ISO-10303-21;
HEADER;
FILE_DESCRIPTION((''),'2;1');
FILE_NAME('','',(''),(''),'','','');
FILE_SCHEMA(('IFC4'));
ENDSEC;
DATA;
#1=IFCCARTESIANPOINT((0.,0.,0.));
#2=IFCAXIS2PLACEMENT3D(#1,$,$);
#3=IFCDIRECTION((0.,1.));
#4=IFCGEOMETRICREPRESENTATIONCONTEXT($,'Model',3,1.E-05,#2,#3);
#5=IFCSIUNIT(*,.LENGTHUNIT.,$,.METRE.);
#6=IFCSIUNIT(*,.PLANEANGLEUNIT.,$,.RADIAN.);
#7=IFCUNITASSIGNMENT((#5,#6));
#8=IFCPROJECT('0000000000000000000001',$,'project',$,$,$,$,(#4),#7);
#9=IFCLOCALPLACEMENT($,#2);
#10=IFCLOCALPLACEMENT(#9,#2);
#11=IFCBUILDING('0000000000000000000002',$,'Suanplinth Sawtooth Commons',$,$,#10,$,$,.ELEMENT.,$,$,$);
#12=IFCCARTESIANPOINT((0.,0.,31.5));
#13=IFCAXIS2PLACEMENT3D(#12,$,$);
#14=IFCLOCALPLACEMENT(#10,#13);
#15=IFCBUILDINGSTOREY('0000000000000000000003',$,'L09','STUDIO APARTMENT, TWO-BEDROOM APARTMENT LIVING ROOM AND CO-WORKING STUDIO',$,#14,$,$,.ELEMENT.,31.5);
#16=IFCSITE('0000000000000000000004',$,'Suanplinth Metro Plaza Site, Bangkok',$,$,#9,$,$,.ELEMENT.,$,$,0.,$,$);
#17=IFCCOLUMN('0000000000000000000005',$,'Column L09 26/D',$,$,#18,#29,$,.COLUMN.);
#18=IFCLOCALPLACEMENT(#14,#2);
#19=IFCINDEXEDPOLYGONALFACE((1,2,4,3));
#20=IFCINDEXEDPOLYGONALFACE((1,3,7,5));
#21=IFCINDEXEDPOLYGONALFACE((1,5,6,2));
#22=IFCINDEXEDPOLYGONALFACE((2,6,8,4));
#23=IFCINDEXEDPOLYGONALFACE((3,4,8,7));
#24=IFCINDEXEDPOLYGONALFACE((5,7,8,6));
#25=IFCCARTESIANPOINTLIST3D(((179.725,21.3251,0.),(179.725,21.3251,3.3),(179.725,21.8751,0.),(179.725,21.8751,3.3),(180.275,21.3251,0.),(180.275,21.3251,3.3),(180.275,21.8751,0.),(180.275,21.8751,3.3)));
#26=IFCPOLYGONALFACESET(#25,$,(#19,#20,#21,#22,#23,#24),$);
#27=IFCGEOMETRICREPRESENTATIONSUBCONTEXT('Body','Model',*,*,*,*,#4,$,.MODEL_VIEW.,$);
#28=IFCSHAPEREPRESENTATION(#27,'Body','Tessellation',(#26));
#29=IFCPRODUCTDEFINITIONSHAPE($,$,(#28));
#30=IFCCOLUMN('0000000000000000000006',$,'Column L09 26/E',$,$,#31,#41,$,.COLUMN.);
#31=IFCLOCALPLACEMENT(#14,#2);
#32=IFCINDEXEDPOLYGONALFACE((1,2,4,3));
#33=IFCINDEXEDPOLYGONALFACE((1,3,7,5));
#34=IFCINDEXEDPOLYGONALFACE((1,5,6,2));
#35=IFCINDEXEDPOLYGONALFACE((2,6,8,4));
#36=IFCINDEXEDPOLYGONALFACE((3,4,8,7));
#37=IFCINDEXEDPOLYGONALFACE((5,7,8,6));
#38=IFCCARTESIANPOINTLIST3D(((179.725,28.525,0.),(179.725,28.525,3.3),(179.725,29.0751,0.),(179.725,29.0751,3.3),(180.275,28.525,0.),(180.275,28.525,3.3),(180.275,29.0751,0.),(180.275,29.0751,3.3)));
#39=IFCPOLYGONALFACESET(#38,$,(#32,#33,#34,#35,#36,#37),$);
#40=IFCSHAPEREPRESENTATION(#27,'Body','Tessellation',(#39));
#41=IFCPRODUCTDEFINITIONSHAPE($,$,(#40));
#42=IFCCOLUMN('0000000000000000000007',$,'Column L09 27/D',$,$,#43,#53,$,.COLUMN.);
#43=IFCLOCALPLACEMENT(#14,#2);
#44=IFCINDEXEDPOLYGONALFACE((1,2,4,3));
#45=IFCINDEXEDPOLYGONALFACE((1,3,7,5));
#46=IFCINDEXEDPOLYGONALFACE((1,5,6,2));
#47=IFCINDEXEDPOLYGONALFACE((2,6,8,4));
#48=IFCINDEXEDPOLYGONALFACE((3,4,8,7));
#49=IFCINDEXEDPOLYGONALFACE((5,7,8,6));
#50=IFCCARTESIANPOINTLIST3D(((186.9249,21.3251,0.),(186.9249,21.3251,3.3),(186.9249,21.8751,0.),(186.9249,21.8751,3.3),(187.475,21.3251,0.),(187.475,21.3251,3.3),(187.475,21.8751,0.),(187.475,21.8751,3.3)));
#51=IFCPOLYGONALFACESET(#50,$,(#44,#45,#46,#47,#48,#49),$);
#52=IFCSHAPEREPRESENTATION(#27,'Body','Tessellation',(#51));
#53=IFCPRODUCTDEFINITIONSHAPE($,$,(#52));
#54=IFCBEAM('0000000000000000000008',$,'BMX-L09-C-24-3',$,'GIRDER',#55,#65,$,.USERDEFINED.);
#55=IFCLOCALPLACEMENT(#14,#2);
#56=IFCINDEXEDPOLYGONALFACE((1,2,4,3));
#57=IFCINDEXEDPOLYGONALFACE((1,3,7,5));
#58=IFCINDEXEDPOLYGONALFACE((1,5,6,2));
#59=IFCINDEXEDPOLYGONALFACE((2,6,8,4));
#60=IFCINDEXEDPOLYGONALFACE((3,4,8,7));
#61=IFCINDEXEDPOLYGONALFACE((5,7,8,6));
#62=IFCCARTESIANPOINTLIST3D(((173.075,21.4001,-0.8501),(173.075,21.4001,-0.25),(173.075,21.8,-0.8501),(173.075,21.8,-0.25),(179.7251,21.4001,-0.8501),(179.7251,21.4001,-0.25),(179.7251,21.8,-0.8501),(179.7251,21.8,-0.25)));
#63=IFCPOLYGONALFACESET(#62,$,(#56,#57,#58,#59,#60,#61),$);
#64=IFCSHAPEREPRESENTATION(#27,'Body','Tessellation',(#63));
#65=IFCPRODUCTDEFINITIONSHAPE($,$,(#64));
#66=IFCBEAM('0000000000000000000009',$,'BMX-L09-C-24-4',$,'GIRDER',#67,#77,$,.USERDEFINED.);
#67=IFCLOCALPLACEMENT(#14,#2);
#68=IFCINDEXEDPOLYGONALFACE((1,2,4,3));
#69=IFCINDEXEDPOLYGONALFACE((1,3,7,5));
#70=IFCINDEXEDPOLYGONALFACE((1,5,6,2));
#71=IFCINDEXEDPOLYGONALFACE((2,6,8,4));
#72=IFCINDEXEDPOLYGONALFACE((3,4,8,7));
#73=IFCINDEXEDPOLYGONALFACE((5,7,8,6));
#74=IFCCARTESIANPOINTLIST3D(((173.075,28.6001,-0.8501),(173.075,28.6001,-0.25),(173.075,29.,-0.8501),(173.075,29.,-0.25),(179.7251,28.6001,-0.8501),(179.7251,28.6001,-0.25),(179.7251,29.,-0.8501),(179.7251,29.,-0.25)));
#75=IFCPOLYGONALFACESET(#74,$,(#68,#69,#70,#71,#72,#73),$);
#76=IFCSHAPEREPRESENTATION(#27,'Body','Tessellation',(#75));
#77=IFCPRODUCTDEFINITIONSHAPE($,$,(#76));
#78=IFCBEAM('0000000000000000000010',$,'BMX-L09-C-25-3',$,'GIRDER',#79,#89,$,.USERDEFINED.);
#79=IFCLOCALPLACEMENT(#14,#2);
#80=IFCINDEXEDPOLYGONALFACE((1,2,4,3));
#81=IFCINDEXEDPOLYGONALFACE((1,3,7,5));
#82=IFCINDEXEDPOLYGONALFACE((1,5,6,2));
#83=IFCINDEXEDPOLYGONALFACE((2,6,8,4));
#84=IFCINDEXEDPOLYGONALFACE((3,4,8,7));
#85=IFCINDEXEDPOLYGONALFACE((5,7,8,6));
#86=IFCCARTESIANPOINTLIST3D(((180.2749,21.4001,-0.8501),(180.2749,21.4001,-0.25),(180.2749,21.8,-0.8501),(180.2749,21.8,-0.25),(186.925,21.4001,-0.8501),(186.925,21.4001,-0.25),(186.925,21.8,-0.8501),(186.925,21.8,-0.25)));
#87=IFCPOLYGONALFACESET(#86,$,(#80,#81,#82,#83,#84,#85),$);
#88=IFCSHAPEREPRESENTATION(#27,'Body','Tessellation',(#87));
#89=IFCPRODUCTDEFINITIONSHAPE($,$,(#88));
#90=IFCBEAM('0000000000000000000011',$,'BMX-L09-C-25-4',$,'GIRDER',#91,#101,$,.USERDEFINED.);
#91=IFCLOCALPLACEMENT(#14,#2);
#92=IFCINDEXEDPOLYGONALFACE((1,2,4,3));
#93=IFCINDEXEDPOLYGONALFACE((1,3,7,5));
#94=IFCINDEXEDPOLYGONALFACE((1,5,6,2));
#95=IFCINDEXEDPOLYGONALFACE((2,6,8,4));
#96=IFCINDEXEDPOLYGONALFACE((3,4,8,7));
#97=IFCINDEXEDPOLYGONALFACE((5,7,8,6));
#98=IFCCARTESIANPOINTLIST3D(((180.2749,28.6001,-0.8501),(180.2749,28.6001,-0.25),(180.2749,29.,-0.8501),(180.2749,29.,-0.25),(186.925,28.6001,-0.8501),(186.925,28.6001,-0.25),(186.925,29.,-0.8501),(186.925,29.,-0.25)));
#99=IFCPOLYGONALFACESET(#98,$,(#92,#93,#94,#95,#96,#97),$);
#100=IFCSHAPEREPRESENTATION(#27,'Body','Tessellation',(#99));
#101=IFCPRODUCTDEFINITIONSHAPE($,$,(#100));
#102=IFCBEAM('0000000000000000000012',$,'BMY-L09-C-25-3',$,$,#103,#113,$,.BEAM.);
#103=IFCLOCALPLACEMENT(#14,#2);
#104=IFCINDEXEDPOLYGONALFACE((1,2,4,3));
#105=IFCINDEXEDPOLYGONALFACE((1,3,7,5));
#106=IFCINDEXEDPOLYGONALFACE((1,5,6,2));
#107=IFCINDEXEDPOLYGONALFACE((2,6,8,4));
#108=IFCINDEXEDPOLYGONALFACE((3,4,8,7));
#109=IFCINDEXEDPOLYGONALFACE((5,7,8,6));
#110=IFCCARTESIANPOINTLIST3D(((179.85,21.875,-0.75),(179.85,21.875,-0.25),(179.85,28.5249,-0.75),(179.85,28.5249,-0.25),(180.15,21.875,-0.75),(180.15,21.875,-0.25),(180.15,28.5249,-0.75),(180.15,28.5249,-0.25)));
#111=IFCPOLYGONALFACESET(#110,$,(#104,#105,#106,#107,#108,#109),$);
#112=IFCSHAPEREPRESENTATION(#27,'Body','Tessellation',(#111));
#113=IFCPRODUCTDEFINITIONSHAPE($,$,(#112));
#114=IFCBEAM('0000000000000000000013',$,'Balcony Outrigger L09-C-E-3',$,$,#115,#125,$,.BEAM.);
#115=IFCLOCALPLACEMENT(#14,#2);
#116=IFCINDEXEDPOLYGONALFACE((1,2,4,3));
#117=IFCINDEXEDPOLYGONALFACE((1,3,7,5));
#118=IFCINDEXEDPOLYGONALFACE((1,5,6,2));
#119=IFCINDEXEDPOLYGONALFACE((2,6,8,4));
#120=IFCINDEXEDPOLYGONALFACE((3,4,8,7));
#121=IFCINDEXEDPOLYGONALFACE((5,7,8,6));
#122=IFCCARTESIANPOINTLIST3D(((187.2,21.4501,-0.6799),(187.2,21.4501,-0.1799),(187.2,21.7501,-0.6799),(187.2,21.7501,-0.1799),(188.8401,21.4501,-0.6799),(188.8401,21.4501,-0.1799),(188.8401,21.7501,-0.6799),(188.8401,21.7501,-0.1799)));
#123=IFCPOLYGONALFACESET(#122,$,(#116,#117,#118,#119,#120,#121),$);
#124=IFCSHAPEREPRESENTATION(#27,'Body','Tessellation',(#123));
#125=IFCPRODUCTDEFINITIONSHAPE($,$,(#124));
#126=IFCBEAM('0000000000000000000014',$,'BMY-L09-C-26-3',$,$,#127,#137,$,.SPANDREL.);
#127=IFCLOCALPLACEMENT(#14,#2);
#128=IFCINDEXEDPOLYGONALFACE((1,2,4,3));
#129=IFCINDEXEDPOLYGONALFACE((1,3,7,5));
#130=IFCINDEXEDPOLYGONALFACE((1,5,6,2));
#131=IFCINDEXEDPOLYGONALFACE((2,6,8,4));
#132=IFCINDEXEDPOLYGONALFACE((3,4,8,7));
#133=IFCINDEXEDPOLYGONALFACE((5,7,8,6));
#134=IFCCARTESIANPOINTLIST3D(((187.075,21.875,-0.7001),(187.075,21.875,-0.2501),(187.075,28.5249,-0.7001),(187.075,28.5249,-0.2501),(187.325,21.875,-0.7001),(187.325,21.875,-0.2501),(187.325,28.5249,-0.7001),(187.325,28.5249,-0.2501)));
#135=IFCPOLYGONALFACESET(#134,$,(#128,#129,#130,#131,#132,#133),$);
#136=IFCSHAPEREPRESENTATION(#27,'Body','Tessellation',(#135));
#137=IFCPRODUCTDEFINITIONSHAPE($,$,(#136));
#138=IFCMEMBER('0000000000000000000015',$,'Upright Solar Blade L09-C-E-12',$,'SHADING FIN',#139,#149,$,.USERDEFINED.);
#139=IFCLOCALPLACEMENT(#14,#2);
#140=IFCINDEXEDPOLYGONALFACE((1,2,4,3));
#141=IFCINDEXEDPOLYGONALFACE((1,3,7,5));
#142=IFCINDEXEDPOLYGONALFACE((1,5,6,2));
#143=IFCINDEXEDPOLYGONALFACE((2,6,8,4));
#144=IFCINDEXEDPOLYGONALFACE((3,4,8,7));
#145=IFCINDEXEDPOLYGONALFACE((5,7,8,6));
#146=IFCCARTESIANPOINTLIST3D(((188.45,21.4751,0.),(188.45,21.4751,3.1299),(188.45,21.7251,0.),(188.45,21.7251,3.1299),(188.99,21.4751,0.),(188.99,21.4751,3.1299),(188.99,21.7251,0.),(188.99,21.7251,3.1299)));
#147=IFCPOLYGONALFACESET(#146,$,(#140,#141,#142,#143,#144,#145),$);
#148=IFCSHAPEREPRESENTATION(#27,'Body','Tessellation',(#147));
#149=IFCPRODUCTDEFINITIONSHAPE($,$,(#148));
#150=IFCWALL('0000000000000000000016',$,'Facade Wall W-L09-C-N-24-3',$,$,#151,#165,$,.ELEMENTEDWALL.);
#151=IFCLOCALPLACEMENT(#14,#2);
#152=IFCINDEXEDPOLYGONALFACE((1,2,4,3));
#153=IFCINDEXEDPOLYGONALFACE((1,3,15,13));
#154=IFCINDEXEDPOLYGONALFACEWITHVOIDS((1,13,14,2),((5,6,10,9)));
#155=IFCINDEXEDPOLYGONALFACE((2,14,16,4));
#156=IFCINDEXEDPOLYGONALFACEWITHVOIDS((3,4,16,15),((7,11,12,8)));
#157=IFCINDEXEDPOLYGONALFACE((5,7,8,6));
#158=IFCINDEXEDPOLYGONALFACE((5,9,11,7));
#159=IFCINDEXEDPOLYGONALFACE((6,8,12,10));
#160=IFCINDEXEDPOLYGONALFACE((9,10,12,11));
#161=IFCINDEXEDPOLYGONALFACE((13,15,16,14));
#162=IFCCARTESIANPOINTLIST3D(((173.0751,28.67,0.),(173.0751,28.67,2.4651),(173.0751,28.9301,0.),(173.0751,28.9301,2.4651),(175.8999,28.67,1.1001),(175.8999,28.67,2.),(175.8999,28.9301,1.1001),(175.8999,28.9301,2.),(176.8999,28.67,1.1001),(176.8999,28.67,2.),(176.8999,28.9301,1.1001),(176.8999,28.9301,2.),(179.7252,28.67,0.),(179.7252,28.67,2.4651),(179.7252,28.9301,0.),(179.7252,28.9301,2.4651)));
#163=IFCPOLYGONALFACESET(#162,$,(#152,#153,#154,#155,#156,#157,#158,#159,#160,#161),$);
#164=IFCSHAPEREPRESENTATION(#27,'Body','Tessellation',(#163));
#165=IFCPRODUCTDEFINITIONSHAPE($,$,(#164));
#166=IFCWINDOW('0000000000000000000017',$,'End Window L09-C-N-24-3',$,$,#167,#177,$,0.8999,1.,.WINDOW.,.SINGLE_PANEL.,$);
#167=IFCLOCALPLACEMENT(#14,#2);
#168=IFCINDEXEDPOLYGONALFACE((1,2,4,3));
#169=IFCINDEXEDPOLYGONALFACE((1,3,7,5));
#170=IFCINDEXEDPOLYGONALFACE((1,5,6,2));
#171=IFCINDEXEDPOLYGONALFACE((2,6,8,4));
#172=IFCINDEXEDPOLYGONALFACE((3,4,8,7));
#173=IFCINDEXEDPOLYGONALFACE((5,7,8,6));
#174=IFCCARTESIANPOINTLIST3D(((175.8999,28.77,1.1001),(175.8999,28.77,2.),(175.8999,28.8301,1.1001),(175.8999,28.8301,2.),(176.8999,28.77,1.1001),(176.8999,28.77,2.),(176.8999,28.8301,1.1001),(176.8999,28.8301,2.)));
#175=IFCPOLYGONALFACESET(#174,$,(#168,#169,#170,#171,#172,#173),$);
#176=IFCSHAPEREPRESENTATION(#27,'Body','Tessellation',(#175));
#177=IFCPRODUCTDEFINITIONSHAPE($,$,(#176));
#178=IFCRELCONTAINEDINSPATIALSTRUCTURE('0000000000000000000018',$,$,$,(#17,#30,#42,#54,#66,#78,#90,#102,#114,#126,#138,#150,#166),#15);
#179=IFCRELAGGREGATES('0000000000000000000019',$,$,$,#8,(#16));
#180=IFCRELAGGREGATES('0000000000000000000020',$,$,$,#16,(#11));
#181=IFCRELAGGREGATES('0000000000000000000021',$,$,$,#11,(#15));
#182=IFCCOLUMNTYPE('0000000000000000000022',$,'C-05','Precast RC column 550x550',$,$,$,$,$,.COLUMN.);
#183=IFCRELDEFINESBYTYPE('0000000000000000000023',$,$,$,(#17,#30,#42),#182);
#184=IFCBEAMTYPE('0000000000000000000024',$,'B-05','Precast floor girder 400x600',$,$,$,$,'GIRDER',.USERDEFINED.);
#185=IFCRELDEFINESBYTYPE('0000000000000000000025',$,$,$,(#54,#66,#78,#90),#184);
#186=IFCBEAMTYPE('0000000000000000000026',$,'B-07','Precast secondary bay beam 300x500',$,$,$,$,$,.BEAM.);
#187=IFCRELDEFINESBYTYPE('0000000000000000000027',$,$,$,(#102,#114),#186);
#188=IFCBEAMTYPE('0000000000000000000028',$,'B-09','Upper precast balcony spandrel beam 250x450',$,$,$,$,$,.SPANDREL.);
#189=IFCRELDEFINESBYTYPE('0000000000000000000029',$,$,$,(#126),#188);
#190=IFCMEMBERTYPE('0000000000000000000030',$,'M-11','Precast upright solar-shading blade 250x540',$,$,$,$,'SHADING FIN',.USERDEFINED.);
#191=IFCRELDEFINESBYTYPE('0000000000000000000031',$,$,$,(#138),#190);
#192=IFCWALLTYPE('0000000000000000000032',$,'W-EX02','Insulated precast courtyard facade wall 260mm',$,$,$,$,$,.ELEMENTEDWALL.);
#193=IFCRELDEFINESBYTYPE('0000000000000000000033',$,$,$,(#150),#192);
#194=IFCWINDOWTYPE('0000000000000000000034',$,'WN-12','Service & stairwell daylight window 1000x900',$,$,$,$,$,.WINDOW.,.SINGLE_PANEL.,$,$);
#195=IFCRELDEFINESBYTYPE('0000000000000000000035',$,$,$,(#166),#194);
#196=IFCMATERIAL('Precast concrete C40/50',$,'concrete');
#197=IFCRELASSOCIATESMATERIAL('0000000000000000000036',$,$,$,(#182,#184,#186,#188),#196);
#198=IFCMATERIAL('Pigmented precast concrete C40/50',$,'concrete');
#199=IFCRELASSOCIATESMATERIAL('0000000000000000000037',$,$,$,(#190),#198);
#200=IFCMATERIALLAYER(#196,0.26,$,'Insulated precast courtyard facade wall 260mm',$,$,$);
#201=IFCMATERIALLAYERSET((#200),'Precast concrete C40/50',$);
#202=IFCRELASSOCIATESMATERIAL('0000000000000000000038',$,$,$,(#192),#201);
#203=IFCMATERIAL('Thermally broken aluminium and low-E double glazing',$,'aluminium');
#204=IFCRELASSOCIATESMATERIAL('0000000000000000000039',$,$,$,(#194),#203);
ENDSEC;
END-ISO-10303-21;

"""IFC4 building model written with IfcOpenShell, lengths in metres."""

from ifc_helpers import new_model, si_unit, direction, frame, frame_2d, origin, origin_2d, place, context, subcontext, project, spatial, rectangle, extrude, material, layer, layer_set, material_profile, profile_set, type_object, element, fill, save


model = new_model("IFC4")

# Units and contexts
model_context = context("Model", 3, precision=1e-05, world=origin(), true_north=direction((0.0, 1.0)))
body_context = subcontext(model_context, "Body", "Model", "MODEL_VIEW")
ifc_project = project(units=[si_unit("LENGTHUNIT", "METRE"), si_unit("PLANEANGLEUNIT", "RADIAN")], contexts=[model_context])

# Site, building, storey
site_placement = place(None, origin())
site = spatial("IfcSite", under=ifc_project, at=site_placement, Name="Suanplinth Metro Plaza Site, Bangkok", CompositionType="ELEMENT", RefElevation=0.0)
building_placement = place(site_placement, origin())
building = spatial("IfcBuilding", under=site, at=building_placement, Name="Suanplinth Sawtooth Commons", CompositionType="ELEMENT")
storey_placement = place(building_placement, frame((0.0, 0.0, 31.5)))
storey = spatial("IfcBuildingStorey", under=building, at=storey_placement, Name="L09", Description="STUDIO APARTMENT, TWO-BEDROOM APARTMENT LIVING ROOM AND CO-WORKING STUDIO", CompositionType="ELEMENT", Elevation=31.5)

# Columns
ifc_material_1 = material(Name="Precast concrete C40/50", Category="concrete")
ifc_material_profile_1 = material_profile(ifc_material_1, rectangle(XDim=0.55, YDim=0.55, at=origin_2d()), Name="PC-COL 550x550")
ifc_profile_set_1 = profile_set([ifc_material_profile_1], Name="Precast concrete C40/50")
column_type = type_object("IfcColumnType", Name="C-05", Description="Precast RC column 550x550", PredefinedType="COLUMN", material=ifc_profile_set_1)
for number, where, z_axis, x_axis, name in (
    (1, (180.0, 21.6001, 0.0), (0.0, 0.0, 1.0), (1.0, 0.0, 0.0), "Column L09 26/D"),
    (2, (180.0, 28.8, 0.0), (0.0, 0.0, 1.0), (1.0, 0.0, 0.0), "Column L09 26/E"),
    (3, (187.2, 21.6001, 0.0), (0.0, 0.0, 1.0), (1.0, 0.0, 0.0), "Column L09 27/D"),
):
    element("IfcColumn", number, at=place(storey_placement, frame(where, z_axis=z_axis, x_axis=x_axis)), inside=storey, type_object=column_type, Name=name, PredefinedType="COLUMN", context=body_context, shape_type="SweptSolid", body=[
        extrude(rectangle(XDim=0.55, YDim=0.55, at=origin_2d()), origin(), (0.0, 0.0, 1.0), 3.3),
    ])

# Beams
ifc_material_profile_2 = material_profile(ifc_material_1, rectangle(XDim=0.3999, YDim=0.6001, at=origin_2d()), Name="PC-GDR 400x600")
ifc_profile_set_2 = profile_set([ifc_material_profile_2], Name="Precast concrete C40/50")
beam_type_1 = type_object("IfcBeamType", Name="B-05", Description="Precast floor girder 400x600", ElementType="GIRDER", PredefinedType="USERDEFINED", material=ifc_profile_set_2)
for number, where, z_axis, x_axis, name in (
    (4, (173.075, 21.6001, -0.55), (1.0, 0.0, 0.0), (0.0, 1.0, 0.0), "BMX-L09-C-24-3"),
    (5, (173.075, 28.8, -0.55), (1.0, 0.0, 0.0), (0.0, 1.0, 0.0), "BMX-L09-C-24-4"),
    (6, (180.2749, 21.6001, -0.55), (1.0, 0.0, 0.0), (0.0, 1.0, 0.0), "BMX-L09-C-25-3"),
    (7, (180.2749, 28.8, -0.55), (1.0, 0.0, 0.0), (0.0, 1.0, 0.0), "BMX-L09-C-25-4"),
):
    element("IfcBeam", number, at=place(storey_placement, frame(where, z_axis=z_axis, x_axis=x_axis)), inside=storey, type_object=beam_type_1, Name=name, ObjectType="GIRDER", PredefinedType="USERDEFINED", context=body_context, shape_type="SweptSolid", body=[
        extrude(rectangle(XDim=0.3999, YDim=0.6001, at=origin_2d()), origin(), (0.0, 0.0, 1.0), 6.6501),
    ])
ifc_material_profile_3 = material_profile(ifc_material_1, rectangle(XDim=0.3, YDim=0.5, at=origin_2d()), Name="PC-BM 300x500")
ifc_profile_set_3 = profile_set([ifc_material_profile_3], Name="Precast concrete C40/50")
beam_type_2 = type_object("IfcBeamType", Name="B-07", Description="Precast secondary bay beam 300x500", PredefinedType="BEAM", material=ifc_profile_set_3)
beam_1_placement = place(storey_placement, frame((180.0, 21.875, -0.5), z_axis=(0.0, 1.0, 0.0), x_axis=(-1.0, 0.0, 0.0)))
element("IfcBeam", 8, at=beam_1_placement, inside=storey, type_object=beam_type_2, Name="BMY-L09-C-25-3", PredefinedType="BEAM", context=body_context, shape_type="SweptSolid", body=[
    extrude(rectangle(XDim=0.3, YDim=0.5, at=origin_2d()), origin(), (0.0, 0.0, 1.0), 6.6499),
])
beam_2_placement = place(storey_placement, frame((187.2, 21.6001, -0.4299), z_axis=(1.0, 0.0, 0.0), x_axis=(0.0, 1.0, 0.0)))
element("IfcBeam", 9, at=beam_2_placement, inside=storey, type_object=beam_type_2, Name="Balcony Outrigger L09-C-E-3", PredefinedType="BEAM", context=body_context, shape_type="SweptSolid", body=[
    extrude(rectangle(XDim=0.3, YDim=0.5, at=origin_2d()), origin(), (0.0, 0.0, 1.0), 1.6401),
])
ifc_material_profile_4 = material_profile(ifc_material_1, rectangle(XDim=0.25, YDim=0.45, at=origin_2d()), Name="PC-SP 250x450")
ifc_profile_set_4 = profile_set([ifc_material_profile_4], Name="Precast concrete C40/50")
beam_type_3 = type_object("IfcBeamType", Name="B-09", Description="Upper precast balcony spandrel beam 250x450", PredefinedType="SPANDREL", material=ifc_profile_set_4)
beam_3_placement = place(storey_placement, frame((187.2, 21.875, -0.4751), z_axis=(0.0, 1.0, 0.0), x_axis=(-1.0, 0.0, 0.0)))
element("IfcBeam", 10, at=beam_3_placement, inside=storey, type_object=beam_type_3, Name="BMY-L09-C-26-3", PredefinedType="SPANDREL", context=body_context, shape_type="SweptSolid", body=[
    extrude(rectangle(XDim=0.25, YDim=0.45, at=origin_2d()), origin(), (0.0, 0.0, 1.0), 6.6499),
])

# Member
ifc_material_2 = material(Name="Pigmented precast concrete C40/50", Category="concrete")
ifc_material_profile_5 = material_profile(ifc_material_2, rectangle(XDim=0.25, YDim=0.54, at=origin_2d()), Name="PC-FIN 250x540")
ifc_profile_set_5 = profile_set([ifc_material_profile_5], Name="Pigmented precast concrete C40/50")
member_type = type_object("IfcMemberType", Name="M-11", Description="Precast upright solar-shading blade 250x540", ElementType="SHADING FIN", PredefinedType="USERDEFINED", material=ifc_profile_set_5)
member_placement = place(storey_placement, frame((188.72, 21.6001, 0.0), z_axis=(0.0, 0.0, 1.0), x_axis=(0.0, 1.0, 0.0)))
element("IfcMember", 11, at=member_placement, inside=storey, type_object=member_type, Name="Upright Solar Blade L09-C-E-12", ObjectType="SHADING FIN", PredefinedType="USERDEFINED", context=body_context, shape_type="SweptSolid", body=[
    extrude(rectangle(XDim=0.25, YDim=0.54, at=origin_2d()), origin(), (0.0, 0.0, 1.0), 3.1299),
])

# Wall, opening, window
ifc_layer_1 = layer(ifc_material_1, 0.26, Name="Insulated precast courtyard facade wall 260mm")
ifc_layer_set_1 = layer_set([ifc_layer_1], Name="Precast concrete C40/50")
wall_type_1 = type_object("IfcWallType", Name="W-EX02", Description="Insulated precast courtyard facade wall 260mm", PredefinedType="ELEMENTEDWALL", material=ifc_layer_set_1)
wall_1_placement = place(storey_placement, frame((173.075, 28.8, 0.0), z_axis=(0.0, 0.0, 1.0), x_axis=(1.0, 0.0, 0.0)))
wall_1 = element("IfcWall", 12, at=wall_1_placement, inside=storey, type_object=wall_type_1, Name="Facade Wall W-L09-C-N-24-3", PredefinedType="ELEMENTEDWALL", context=body_context, shape_type="SweptSolid", body=[
    extrude(rectangle(XDim=6.6501, YDim=0.26, at=frame_2d((3.3252, 0.0))), origin(), (0.0, 0.0, 1.0), 2.4651),
])
opening_1_placement = place(wall_1_placement, frame((2.825, 0.0, 1.1001)))
opening_1 = element("IfcOpeningElement", 13, at=opening_1_placement, cuts=wall_1, PredefinedType="OPENING", context=body_context, shape_type="SweptSolid", body=[
    extrude(rectangle(XDim=1.0, YDim=0.8999, at=frame_2d((0.5, 0.45))), frame((0.0, 0.145, 0.0), z_axis=(0.0, -1.0, 0.0), x_axis=(1.0, 0.0, 0.0)), (0.0, 0.0, 1.0), 0.2898),
])
ifc_material_3 = material(Name="Thermally broken aluminium and low-E double glazing", Category="aluminium")
window_type_1 = type_object("IfcWindowType", Name="WN-12", Description="Service & stairwell daylight window 1000x900", PartitioningType="SINGLE_PANEL", PredefinedType="WINDOW", material=ifc_material_3)
window_1_placement = place(opening_1_placement, origin())
window_1 = element("IfcWindow", 14, at=window_1_placement, inside=storey, type_object=window_type_1, Name="End Window L09-C-N-24-3", OverallHeight=0.8999, OverallWidth=1.0, PartitioningType="SINGLE_PANEL", PredefinedType="WINDOW", context=body_context, shape_type="SweptSolid", body=[
    extrude(rectangle(XDim=1.0, YDim=0.8999, at=frame_2d((0.5, 0.45))), frame((0.0, 0.03, 0.0), z_axis=(0.0, -1.0, 0.0), x_axis=(1.0, 0.0, 0.0)), (0.0, 0.0, 1.0), 0.0601),
])
fill(opening_1, window_1)

save(model, "model.ifc")
